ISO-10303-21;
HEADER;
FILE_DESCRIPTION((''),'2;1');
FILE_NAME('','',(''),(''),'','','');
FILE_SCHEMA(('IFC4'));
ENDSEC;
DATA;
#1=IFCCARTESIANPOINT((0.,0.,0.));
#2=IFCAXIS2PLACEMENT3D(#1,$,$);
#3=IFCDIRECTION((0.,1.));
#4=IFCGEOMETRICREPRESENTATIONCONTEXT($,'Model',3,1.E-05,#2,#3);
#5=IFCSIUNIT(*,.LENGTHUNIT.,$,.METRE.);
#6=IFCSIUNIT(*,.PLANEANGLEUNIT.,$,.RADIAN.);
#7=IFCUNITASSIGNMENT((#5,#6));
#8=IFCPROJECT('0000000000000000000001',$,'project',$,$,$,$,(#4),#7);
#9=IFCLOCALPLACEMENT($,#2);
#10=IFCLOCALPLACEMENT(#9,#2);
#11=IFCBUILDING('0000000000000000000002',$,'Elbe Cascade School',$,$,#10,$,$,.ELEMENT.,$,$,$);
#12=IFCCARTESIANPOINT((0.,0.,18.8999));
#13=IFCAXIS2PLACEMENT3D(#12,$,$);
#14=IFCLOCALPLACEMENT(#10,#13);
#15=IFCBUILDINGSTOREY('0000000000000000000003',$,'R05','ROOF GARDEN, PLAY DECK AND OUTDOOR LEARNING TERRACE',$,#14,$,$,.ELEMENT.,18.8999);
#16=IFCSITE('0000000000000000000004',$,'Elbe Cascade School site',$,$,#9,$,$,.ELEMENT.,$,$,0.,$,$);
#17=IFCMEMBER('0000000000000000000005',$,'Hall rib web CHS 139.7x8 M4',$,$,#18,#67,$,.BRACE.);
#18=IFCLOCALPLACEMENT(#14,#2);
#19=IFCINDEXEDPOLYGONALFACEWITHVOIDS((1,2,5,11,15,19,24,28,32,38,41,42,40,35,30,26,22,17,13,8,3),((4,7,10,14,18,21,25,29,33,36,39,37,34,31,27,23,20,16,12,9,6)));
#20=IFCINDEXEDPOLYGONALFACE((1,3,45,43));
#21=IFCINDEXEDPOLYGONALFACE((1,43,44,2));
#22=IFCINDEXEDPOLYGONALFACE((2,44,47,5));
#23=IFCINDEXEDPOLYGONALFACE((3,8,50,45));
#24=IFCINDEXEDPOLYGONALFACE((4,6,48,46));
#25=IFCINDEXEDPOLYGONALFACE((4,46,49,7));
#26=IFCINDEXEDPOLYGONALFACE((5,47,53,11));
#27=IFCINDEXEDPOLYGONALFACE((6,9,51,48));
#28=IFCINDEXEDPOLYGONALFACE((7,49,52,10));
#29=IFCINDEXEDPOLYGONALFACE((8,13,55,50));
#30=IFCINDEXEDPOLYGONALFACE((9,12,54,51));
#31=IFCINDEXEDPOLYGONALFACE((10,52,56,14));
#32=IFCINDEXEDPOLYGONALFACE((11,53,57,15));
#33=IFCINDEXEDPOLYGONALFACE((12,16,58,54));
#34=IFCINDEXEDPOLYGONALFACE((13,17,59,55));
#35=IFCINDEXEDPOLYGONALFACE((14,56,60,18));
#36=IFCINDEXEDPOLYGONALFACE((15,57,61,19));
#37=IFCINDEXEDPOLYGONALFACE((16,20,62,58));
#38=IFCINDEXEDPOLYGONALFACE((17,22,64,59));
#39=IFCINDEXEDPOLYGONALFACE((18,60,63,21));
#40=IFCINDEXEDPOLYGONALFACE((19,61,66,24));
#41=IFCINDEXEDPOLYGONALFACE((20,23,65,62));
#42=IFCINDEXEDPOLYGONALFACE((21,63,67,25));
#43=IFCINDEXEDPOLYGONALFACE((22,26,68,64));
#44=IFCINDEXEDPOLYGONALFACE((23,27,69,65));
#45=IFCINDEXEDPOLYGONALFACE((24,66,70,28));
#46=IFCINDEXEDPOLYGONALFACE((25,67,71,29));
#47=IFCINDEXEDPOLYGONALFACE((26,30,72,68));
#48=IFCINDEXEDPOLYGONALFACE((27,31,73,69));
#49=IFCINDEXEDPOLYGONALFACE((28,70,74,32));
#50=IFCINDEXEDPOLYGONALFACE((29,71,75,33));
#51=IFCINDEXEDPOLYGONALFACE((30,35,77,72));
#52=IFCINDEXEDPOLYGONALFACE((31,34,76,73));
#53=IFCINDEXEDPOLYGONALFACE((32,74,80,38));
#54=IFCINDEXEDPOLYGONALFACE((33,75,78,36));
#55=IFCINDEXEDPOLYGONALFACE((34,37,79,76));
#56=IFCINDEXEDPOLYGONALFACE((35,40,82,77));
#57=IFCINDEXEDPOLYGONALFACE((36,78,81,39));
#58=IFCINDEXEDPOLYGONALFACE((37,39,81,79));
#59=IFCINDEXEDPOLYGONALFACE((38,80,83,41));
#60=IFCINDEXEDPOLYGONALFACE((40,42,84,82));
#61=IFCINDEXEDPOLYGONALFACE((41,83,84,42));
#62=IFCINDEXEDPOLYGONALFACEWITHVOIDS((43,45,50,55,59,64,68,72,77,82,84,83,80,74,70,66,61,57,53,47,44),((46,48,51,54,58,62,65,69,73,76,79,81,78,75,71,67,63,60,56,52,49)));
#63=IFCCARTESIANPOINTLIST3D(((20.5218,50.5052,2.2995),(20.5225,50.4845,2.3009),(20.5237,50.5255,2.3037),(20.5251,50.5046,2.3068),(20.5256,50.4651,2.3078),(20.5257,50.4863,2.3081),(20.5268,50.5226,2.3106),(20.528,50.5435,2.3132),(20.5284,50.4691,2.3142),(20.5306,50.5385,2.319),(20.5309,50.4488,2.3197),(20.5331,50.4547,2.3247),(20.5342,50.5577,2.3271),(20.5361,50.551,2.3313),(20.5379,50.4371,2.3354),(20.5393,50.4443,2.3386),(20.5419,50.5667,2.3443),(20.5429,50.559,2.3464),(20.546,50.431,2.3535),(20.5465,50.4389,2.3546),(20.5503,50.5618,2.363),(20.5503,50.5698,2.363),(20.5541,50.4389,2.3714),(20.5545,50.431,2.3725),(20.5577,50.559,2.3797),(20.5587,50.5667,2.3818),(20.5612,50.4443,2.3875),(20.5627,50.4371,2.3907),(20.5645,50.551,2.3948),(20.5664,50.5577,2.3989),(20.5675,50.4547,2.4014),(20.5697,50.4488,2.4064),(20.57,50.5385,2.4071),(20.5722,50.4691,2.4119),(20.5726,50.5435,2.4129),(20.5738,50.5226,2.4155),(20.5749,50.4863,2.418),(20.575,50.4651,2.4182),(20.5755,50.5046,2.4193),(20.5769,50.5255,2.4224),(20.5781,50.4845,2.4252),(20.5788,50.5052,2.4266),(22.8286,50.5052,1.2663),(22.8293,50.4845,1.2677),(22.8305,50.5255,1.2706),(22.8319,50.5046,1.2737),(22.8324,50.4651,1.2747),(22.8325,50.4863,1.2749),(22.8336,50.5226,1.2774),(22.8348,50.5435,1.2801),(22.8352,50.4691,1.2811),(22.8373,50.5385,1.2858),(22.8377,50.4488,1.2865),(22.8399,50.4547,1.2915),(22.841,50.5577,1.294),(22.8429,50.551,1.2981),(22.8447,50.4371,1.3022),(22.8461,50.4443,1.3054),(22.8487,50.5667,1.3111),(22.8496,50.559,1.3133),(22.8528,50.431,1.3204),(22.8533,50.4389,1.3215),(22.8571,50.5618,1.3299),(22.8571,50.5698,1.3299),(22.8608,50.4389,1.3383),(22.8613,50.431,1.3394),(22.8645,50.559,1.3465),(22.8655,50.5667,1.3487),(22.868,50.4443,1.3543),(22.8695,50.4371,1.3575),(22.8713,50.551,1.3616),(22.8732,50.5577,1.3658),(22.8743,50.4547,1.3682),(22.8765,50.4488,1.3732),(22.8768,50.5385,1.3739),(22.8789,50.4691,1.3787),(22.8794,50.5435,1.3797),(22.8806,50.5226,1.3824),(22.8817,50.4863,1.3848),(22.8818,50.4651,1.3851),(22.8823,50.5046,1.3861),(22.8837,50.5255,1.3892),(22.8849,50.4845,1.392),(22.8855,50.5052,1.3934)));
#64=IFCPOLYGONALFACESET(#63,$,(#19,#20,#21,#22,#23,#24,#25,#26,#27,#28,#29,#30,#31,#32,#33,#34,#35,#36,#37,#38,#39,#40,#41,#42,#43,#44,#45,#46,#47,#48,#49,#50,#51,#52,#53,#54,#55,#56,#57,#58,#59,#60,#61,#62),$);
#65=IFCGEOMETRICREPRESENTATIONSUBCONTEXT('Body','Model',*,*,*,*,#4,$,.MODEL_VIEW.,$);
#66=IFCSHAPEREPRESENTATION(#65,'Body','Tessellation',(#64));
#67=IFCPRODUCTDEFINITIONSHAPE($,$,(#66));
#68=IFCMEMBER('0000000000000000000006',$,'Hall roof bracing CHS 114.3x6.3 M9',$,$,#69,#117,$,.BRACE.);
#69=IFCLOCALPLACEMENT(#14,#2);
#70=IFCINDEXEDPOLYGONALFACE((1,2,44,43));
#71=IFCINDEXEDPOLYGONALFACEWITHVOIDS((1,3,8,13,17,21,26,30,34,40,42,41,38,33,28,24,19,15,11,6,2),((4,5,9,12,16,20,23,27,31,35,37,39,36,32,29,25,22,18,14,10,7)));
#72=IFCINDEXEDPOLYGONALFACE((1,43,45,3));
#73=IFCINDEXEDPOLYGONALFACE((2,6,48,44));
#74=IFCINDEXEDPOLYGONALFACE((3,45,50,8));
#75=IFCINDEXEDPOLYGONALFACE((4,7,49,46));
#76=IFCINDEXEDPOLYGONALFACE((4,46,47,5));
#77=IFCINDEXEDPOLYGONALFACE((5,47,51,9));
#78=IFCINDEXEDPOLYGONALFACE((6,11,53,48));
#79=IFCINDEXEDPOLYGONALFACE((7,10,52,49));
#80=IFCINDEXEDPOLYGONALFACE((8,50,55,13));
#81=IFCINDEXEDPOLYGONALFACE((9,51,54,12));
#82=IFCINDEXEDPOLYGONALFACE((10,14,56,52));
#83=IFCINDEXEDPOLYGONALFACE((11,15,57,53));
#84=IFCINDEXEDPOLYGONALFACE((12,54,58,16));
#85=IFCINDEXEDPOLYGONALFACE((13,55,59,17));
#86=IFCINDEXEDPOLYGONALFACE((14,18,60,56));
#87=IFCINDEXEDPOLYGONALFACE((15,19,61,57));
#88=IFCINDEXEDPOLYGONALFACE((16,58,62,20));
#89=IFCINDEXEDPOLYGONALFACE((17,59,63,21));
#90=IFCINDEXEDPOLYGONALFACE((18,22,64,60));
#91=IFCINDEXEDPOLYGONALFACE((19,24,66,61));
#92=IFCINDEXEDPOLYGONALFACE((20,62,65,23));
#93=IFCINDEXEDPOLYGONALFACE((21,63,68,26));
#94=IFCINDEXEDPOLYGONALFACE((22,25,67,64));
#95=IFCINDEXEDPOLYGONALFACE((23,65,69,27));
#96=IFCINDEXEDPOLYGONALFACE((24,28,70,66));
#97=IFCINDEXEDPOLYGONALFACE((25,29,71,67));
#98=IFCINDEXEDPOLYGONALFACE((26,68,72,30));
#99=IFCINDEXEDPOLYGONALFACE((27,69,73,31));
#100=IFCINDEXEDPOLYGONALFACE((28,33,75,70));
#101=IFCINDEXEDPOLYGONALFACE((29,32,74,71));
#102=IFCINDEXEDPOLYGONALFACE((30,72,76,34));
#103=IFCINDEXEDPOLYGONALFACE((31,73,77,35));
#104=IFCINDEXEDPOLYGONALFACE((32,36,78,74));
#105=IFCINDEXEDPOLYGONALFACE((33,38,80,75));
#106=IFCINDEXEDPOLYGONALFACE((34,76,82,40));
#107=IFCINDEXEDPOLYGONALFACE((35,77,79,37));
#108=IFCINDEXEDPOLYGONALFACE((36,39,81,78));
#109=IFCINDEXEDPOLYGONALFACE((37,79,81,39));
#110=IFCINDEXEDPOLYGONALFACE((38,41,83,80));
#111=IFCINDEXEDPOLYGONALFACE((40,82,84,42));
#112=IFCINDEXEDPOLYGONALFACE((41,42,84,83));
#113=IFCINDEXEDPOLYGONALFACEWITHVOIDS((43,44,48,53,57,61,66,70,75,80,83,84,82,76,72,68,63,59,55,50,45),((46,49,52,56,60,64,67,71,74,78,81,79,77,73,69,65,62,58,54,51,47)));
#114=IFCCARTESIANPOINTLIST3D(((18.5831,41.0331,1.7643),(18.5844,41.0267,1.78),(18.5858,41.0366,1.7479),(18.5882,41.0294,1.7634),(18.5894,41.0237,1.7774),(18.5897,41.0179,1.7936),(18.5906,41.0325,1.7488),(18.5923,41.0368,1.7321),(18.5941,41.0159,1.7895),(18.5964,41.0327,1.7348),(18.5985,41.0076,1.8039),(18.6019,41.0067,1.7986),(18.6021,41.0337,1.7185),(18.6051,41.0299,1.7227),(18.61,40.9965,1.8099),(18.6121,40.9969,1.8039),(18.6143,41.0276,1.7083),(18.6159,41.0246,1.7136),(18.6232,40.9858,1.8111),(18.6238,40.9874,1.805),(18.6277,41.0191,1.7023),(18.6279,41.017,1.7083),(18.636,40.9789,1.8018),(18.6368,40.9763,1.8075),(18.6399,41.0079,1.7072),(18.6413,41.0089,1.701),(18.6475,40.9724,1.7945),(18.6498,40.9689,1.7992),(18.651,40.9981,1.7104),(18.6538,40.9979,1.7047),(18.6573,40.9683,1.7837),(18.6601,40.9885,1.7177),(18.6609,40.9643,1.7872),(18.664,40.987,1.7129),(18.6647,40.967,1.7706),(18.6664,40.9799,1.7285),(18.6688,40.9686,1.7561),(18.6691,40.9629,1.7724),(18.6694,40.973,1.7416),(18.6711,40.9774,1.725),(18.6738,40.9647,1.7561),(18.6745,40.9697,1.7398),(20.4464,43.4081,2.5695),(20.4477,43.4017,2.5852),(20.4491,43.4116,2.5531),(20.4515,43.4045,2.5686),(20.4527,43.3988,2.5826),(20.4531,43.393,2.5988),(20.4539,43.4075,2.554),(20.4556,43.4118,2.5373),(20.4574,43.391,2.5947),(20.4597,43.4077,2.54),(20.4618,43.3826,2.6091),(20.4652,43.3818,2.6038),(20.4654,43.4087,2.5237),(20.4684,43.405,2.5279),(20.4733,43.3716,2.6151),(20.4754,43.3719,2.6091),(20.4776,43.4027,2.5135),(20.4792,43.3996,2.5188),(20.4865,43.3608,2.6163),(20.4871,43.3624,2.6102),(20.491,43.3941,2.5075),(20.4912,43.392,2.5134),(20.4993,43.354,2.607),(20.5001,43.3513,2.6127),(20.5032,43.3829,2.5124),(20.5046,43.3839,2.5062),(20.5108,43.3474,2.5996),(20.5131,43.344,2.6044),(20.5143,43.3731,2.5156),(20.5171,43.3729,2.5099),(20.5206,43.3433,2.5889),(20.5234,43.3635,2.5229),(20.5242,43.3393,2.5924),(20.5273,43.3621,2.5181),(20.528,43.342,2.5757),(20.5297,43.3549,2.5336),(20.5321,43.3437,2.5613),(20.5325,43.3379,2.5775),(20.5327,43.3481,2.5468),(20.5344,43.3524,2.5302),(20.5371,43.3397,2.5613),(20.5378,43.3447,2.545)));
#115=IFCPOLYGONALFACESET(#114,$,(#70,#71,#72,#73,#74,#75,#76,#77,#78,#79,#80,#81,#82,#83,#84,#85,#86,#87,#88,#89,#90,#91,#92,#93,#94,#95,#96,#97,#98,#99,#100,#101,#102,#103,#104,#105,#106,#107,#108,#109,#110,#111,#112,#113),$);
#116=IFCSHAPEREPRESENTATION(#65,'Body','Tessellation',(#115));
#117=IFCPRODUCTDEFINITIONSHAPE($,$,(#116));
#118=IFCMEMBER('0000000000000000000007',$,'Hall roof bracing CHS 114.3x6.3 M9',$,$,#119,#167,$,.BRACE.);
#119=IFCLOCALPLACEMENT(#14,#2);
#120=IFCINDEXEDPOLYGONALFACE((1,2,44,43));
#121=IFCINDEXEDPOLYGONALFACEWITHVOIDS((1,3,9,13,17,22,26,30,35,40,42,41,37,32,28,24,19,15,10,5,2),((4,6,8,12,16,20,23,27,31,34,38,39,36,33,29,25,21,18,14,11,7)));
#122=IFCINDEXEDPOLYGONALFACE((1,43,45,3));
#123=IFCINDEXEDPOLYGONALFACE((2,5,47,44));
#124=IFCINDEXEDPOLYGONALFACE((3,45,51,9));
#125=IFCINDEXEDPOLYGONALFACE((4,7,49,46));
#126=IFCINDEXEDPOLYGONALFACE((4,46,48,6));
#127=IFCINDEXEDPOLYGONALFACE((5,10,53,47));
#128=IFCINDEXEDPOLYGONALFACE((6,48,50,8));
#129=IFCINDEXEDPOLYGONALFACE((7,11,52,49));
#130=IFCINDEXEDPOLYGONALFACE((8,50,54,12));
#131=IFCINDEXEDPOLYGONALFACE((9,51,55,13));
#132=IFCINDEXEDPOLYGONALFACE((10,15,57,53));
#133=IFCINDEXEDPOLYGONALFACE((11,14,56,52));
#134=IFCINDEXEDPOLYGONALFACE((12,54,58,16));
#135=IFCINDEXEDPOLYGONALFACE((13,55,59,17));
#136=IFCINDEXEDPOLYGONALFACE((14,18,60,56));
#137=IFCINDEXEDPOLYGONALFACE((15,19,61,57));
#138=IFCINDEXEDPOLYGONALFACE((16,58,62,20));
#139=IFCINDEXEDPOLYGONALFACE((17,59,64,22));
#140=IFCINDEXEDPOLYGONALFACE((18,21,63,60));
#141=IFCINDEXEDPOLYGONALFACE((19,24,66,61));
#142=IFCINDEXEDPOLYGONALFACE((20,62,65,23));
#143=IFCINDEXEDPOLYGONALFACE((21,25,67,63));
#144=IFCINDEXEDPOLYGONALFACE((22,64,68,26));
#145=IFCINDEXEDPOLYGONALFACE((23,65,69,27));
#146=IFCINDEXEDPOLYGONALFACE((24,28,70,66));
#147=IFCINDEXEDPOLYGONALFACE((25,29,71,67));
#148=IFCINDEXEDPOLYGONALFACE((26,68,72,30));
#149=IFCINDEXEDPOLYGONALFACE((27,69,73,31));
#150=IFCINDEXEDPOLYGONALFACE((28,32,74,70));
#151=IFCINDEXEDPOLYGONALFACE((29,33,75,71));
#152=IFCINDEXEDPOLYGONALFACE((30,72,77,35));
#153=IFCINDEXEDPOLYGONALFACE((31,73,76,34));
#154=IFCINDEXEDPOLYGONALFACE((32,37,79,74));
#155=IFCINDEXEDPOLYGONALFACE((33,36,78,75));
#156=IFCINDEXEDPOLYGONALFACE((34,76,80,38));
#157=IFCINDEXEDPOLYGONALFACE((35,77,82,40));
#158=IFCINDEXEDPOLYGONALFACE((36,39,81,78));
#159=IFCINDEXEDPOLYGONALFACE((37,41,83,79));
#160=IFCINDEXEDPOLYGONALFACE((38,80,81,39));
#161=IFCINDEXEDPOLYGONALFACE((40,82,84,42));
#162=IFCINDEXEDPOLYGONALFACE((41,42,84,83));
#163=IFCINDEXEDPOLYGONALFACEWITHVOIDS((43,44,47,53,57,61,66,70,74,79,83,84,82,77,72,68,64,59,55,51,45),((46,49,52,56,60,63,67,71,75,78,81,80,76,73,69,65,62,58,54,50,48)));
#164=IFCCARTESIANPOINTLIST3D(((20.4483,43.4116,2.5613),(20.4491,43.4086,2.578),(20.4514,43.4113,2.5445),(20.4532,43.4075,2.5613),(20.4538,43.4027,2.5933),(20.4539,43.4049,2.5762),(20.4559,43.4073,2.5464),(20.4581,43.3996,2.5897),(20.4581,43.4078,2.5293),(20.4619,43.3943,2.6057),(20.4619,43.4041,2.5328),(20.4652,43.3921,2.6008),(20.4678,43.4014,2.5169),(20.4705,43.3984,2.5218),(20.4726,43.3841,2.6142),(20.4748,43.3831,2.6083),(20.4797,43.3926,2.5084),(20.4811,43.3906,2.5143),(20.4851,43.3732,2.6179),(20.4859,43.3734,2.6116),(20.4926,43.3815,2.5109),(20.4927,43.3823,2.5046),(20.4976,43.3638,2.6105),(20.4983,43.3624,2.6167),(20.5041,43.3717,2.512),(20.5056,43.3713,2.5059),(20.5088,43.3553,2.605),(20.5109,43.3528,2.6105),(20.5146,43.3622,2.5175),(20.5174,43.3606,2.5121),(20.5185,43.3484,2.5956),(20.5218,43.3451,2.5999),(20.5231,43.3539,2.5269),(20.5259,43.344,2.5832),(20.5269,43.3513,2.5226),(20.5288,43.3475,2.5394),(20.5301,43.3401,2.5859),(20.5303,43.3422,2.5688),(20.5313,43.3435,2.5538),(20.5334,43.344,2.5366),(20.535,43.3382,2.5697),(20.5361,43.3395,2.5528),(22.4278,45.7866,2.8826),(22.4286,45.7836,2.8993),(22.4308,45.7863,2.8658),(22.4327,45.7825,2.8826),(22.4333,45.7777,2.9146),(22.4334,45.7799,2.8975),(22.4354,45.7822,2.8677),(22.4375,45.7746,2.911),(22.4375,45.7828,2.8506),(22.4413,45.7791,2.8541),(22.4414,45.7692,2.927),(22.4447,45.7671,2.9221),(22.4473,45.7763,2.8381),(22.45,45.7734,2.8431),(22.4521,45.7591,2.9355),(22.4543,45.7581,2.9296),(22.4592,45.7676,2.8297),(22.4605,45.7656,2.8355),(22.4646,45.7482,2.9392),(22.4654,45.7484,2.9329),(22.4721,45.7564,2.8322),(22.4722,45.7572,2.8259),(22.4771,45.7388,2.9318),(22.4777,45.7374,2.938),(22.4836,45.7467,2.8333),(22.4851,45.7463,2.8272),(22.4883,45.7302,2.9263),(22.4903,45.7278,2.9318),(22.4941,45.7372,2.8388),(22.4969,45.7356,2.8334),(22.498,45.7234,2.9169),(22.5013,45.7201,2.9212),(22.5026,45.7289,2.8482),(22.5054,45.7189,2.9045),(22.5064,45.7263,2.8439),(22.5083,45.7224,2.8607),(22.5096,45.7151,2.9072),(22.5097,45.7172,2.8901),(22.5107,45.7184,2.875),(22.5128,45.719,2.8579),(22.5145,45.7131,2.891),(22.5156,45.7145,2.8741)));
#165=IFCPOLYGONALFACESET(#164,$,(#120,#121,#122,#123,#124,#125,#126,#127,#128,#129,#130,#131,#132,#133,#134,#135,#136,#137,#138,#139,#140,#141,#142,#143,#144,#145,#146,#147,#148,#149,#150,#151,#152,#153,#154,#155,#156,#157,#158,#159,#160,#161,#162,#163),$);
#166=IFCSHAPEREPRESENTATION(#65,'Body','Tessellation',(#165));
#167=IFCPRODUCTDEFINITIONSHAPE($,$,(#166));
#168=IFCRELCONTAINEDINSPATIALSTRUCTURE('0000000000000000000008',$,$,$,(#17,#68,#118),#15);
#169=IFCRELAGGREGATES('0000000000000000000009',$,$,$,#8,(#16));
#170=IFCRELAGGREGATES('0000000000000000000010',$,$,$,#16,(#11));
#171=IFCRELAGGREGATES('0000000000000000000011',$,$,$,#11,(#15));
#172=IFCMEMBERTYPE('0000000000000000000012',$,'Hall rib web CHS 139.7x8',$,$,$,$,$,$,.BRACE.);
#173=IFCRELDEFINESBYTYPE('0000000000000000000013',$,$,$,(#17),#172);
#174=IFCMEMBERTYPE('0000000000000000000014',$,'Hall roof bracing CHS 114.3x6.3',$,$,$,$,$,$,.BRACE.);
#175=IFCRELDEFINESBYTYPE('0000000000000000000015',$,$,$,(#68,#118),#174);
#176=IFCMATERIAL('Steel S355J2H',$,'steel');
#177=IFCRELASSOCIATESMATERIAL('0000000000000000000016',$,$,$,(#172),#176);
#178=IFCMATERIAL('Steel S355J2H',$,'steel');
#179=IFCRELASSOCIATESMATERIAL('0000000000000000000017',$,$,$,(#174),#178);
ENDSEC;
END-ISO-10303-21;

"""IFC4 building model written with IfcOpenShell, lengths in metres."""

from ifc_helpers import new_model, si_unit, direction, frame, origin, origin_2d, place, context, subcontext, project, spatial, hollow_circle, extrude, material, material_profile, profile_set, type_object, element, save


model = new_model("IFC4")

# Units and contexts
model_context = context("Model", 3, precision=1e-05, world=origin(), true_north=direction((0.0, 1.0)))
body_context = subcontext(model_context, "Body", "Model", "MODEL_VIEW")
ifc_project = project(units=[si_unit("LENGTHUNIT", "METRE"), si_unit("PLANEANGLEUNIT", "RADIAN")], contexts=[model_context])

# Site, building, storey
site_placement = place(None, origin())
site = spatial("IfcSite", under=ifc_project, at=site_placement, Name="Elbe Cascade School site", CompositionType="ELEMENT", RefElevation=0.0)
building_placement = place(site_placement, origin())
building = spatial("IfcBuilding", under=site, at=building_placement, Name="Elbe Cascade School", CompositionType="ELEMENT")
storey_placement = place(building_placement, frame((0.0, 0.0, 18.8999)))
storey = spatial("IfcBuildingStorey", under=building, at=storey_placement, Name="R05", Description="ROOF GARDEN, PLAY DECK AND OUTDOOR LEARNING TERRACE", CompositionType="ELEMENT", Elevation=18.8999)

# Members
ifc_material_1 = material(Name="Steel S355J2H", Category="steel")
ifc_material_profile_1 = material_profile(ifc_material_1, hollow_circle(Radius=0.0698, WallThickness=0.0081, at=origin_2d()), Name="CHS 139.7x8")
ifc_profile_set_1 = profile_set([ifc_material_profile_1], Name="Steel S355J2H")
member_type_1 = type_object("IfcMemberType", Name="Hall rib web CHS 139.7x8", PredefinedType="BRACE", material=ifc_profile_set_1)
member_1_placement = place(storey_placement, frame((20.5503, 50.5, 2.363), z_axis=(0.912645, 0.0, -0.408754), x_axis=(0.0, 1.0, 0.0)))
element("IfcMember", 1, at=member_1_placement, inside=storey, type_object=member_type_1, Name="Hall rib web CHS 139.7x8 M4", PredefinedType="BRACE", context=body_context, shape_type="SweptSolid", body=[
    extrude(hollow_circle(Radius=0.0698, WallThickness=0.0081, at=origin_2d()), origin(), (0.0, 0.0, 1.0), 2.5276),
])
ifc_material_2 = material(Name="Steel S355J2H", Category="steel")
ifc_material_profile_2 = material_profile(ifc_material_2, hollow_circle(Radius=0.0571, WallThickness=0.0063, at=origin_2d()), Name="CHS 114.3x6.3")
ifc_profile_set_2 = profile_set([ifc_material_profile_2], Name="Steel S355J2H")
member_type_2 = type_object("IfcMemberType", Name="Hall roof bracing CHS 114.3x6.3", PredefinedType="BRACE", material=ifc_profile_set_2)
member_2_placement = place(storey_placement, frame((20.4922, 43.375, 2.5613), z_axis=(-0.596399, -0.76019, -0.257721), x_axis=(0.786767, -0.61725, 0.0)))
element("IfcMember", 2, at=member_2_placement, inside=storey, type_object=member_type_2, Name="Hall roof bracing CHS 114.3x6.3 M9", PredefinedType="BRACE", context=body_context, shape_type="SweptSolid", body=[
    extrude(hollow_circle(Radius=0.0571, WallThickness=0.0063, at=origin_2d()), origin(), (0.0, 0.0, 1.0), 3.1243),
])
member_3_placement = place(storey_placement, frame((20.4922, 43.375, 2.5613), z_axis=(0.636817, 0.764055, 0.103361), x_axis=(-0.768169, 0.640247, 0.0)))
element("IfcMember", 3, at=member_3_placement, inside=storey, type_object=member_type_2, Name="Hall roof bracing CHS 114.3x6.3 M9", PredefinedType="BRACE", context=body_context, shape_type="SweptSolid", body=[
    extrude(hollow_circle(Radius=0.0571, WallThickness=0.0063, at=origin_2d()), origin(), (0.0, 0.0, 1.0), 3.1084),
])

save(model, "model.ifc")
